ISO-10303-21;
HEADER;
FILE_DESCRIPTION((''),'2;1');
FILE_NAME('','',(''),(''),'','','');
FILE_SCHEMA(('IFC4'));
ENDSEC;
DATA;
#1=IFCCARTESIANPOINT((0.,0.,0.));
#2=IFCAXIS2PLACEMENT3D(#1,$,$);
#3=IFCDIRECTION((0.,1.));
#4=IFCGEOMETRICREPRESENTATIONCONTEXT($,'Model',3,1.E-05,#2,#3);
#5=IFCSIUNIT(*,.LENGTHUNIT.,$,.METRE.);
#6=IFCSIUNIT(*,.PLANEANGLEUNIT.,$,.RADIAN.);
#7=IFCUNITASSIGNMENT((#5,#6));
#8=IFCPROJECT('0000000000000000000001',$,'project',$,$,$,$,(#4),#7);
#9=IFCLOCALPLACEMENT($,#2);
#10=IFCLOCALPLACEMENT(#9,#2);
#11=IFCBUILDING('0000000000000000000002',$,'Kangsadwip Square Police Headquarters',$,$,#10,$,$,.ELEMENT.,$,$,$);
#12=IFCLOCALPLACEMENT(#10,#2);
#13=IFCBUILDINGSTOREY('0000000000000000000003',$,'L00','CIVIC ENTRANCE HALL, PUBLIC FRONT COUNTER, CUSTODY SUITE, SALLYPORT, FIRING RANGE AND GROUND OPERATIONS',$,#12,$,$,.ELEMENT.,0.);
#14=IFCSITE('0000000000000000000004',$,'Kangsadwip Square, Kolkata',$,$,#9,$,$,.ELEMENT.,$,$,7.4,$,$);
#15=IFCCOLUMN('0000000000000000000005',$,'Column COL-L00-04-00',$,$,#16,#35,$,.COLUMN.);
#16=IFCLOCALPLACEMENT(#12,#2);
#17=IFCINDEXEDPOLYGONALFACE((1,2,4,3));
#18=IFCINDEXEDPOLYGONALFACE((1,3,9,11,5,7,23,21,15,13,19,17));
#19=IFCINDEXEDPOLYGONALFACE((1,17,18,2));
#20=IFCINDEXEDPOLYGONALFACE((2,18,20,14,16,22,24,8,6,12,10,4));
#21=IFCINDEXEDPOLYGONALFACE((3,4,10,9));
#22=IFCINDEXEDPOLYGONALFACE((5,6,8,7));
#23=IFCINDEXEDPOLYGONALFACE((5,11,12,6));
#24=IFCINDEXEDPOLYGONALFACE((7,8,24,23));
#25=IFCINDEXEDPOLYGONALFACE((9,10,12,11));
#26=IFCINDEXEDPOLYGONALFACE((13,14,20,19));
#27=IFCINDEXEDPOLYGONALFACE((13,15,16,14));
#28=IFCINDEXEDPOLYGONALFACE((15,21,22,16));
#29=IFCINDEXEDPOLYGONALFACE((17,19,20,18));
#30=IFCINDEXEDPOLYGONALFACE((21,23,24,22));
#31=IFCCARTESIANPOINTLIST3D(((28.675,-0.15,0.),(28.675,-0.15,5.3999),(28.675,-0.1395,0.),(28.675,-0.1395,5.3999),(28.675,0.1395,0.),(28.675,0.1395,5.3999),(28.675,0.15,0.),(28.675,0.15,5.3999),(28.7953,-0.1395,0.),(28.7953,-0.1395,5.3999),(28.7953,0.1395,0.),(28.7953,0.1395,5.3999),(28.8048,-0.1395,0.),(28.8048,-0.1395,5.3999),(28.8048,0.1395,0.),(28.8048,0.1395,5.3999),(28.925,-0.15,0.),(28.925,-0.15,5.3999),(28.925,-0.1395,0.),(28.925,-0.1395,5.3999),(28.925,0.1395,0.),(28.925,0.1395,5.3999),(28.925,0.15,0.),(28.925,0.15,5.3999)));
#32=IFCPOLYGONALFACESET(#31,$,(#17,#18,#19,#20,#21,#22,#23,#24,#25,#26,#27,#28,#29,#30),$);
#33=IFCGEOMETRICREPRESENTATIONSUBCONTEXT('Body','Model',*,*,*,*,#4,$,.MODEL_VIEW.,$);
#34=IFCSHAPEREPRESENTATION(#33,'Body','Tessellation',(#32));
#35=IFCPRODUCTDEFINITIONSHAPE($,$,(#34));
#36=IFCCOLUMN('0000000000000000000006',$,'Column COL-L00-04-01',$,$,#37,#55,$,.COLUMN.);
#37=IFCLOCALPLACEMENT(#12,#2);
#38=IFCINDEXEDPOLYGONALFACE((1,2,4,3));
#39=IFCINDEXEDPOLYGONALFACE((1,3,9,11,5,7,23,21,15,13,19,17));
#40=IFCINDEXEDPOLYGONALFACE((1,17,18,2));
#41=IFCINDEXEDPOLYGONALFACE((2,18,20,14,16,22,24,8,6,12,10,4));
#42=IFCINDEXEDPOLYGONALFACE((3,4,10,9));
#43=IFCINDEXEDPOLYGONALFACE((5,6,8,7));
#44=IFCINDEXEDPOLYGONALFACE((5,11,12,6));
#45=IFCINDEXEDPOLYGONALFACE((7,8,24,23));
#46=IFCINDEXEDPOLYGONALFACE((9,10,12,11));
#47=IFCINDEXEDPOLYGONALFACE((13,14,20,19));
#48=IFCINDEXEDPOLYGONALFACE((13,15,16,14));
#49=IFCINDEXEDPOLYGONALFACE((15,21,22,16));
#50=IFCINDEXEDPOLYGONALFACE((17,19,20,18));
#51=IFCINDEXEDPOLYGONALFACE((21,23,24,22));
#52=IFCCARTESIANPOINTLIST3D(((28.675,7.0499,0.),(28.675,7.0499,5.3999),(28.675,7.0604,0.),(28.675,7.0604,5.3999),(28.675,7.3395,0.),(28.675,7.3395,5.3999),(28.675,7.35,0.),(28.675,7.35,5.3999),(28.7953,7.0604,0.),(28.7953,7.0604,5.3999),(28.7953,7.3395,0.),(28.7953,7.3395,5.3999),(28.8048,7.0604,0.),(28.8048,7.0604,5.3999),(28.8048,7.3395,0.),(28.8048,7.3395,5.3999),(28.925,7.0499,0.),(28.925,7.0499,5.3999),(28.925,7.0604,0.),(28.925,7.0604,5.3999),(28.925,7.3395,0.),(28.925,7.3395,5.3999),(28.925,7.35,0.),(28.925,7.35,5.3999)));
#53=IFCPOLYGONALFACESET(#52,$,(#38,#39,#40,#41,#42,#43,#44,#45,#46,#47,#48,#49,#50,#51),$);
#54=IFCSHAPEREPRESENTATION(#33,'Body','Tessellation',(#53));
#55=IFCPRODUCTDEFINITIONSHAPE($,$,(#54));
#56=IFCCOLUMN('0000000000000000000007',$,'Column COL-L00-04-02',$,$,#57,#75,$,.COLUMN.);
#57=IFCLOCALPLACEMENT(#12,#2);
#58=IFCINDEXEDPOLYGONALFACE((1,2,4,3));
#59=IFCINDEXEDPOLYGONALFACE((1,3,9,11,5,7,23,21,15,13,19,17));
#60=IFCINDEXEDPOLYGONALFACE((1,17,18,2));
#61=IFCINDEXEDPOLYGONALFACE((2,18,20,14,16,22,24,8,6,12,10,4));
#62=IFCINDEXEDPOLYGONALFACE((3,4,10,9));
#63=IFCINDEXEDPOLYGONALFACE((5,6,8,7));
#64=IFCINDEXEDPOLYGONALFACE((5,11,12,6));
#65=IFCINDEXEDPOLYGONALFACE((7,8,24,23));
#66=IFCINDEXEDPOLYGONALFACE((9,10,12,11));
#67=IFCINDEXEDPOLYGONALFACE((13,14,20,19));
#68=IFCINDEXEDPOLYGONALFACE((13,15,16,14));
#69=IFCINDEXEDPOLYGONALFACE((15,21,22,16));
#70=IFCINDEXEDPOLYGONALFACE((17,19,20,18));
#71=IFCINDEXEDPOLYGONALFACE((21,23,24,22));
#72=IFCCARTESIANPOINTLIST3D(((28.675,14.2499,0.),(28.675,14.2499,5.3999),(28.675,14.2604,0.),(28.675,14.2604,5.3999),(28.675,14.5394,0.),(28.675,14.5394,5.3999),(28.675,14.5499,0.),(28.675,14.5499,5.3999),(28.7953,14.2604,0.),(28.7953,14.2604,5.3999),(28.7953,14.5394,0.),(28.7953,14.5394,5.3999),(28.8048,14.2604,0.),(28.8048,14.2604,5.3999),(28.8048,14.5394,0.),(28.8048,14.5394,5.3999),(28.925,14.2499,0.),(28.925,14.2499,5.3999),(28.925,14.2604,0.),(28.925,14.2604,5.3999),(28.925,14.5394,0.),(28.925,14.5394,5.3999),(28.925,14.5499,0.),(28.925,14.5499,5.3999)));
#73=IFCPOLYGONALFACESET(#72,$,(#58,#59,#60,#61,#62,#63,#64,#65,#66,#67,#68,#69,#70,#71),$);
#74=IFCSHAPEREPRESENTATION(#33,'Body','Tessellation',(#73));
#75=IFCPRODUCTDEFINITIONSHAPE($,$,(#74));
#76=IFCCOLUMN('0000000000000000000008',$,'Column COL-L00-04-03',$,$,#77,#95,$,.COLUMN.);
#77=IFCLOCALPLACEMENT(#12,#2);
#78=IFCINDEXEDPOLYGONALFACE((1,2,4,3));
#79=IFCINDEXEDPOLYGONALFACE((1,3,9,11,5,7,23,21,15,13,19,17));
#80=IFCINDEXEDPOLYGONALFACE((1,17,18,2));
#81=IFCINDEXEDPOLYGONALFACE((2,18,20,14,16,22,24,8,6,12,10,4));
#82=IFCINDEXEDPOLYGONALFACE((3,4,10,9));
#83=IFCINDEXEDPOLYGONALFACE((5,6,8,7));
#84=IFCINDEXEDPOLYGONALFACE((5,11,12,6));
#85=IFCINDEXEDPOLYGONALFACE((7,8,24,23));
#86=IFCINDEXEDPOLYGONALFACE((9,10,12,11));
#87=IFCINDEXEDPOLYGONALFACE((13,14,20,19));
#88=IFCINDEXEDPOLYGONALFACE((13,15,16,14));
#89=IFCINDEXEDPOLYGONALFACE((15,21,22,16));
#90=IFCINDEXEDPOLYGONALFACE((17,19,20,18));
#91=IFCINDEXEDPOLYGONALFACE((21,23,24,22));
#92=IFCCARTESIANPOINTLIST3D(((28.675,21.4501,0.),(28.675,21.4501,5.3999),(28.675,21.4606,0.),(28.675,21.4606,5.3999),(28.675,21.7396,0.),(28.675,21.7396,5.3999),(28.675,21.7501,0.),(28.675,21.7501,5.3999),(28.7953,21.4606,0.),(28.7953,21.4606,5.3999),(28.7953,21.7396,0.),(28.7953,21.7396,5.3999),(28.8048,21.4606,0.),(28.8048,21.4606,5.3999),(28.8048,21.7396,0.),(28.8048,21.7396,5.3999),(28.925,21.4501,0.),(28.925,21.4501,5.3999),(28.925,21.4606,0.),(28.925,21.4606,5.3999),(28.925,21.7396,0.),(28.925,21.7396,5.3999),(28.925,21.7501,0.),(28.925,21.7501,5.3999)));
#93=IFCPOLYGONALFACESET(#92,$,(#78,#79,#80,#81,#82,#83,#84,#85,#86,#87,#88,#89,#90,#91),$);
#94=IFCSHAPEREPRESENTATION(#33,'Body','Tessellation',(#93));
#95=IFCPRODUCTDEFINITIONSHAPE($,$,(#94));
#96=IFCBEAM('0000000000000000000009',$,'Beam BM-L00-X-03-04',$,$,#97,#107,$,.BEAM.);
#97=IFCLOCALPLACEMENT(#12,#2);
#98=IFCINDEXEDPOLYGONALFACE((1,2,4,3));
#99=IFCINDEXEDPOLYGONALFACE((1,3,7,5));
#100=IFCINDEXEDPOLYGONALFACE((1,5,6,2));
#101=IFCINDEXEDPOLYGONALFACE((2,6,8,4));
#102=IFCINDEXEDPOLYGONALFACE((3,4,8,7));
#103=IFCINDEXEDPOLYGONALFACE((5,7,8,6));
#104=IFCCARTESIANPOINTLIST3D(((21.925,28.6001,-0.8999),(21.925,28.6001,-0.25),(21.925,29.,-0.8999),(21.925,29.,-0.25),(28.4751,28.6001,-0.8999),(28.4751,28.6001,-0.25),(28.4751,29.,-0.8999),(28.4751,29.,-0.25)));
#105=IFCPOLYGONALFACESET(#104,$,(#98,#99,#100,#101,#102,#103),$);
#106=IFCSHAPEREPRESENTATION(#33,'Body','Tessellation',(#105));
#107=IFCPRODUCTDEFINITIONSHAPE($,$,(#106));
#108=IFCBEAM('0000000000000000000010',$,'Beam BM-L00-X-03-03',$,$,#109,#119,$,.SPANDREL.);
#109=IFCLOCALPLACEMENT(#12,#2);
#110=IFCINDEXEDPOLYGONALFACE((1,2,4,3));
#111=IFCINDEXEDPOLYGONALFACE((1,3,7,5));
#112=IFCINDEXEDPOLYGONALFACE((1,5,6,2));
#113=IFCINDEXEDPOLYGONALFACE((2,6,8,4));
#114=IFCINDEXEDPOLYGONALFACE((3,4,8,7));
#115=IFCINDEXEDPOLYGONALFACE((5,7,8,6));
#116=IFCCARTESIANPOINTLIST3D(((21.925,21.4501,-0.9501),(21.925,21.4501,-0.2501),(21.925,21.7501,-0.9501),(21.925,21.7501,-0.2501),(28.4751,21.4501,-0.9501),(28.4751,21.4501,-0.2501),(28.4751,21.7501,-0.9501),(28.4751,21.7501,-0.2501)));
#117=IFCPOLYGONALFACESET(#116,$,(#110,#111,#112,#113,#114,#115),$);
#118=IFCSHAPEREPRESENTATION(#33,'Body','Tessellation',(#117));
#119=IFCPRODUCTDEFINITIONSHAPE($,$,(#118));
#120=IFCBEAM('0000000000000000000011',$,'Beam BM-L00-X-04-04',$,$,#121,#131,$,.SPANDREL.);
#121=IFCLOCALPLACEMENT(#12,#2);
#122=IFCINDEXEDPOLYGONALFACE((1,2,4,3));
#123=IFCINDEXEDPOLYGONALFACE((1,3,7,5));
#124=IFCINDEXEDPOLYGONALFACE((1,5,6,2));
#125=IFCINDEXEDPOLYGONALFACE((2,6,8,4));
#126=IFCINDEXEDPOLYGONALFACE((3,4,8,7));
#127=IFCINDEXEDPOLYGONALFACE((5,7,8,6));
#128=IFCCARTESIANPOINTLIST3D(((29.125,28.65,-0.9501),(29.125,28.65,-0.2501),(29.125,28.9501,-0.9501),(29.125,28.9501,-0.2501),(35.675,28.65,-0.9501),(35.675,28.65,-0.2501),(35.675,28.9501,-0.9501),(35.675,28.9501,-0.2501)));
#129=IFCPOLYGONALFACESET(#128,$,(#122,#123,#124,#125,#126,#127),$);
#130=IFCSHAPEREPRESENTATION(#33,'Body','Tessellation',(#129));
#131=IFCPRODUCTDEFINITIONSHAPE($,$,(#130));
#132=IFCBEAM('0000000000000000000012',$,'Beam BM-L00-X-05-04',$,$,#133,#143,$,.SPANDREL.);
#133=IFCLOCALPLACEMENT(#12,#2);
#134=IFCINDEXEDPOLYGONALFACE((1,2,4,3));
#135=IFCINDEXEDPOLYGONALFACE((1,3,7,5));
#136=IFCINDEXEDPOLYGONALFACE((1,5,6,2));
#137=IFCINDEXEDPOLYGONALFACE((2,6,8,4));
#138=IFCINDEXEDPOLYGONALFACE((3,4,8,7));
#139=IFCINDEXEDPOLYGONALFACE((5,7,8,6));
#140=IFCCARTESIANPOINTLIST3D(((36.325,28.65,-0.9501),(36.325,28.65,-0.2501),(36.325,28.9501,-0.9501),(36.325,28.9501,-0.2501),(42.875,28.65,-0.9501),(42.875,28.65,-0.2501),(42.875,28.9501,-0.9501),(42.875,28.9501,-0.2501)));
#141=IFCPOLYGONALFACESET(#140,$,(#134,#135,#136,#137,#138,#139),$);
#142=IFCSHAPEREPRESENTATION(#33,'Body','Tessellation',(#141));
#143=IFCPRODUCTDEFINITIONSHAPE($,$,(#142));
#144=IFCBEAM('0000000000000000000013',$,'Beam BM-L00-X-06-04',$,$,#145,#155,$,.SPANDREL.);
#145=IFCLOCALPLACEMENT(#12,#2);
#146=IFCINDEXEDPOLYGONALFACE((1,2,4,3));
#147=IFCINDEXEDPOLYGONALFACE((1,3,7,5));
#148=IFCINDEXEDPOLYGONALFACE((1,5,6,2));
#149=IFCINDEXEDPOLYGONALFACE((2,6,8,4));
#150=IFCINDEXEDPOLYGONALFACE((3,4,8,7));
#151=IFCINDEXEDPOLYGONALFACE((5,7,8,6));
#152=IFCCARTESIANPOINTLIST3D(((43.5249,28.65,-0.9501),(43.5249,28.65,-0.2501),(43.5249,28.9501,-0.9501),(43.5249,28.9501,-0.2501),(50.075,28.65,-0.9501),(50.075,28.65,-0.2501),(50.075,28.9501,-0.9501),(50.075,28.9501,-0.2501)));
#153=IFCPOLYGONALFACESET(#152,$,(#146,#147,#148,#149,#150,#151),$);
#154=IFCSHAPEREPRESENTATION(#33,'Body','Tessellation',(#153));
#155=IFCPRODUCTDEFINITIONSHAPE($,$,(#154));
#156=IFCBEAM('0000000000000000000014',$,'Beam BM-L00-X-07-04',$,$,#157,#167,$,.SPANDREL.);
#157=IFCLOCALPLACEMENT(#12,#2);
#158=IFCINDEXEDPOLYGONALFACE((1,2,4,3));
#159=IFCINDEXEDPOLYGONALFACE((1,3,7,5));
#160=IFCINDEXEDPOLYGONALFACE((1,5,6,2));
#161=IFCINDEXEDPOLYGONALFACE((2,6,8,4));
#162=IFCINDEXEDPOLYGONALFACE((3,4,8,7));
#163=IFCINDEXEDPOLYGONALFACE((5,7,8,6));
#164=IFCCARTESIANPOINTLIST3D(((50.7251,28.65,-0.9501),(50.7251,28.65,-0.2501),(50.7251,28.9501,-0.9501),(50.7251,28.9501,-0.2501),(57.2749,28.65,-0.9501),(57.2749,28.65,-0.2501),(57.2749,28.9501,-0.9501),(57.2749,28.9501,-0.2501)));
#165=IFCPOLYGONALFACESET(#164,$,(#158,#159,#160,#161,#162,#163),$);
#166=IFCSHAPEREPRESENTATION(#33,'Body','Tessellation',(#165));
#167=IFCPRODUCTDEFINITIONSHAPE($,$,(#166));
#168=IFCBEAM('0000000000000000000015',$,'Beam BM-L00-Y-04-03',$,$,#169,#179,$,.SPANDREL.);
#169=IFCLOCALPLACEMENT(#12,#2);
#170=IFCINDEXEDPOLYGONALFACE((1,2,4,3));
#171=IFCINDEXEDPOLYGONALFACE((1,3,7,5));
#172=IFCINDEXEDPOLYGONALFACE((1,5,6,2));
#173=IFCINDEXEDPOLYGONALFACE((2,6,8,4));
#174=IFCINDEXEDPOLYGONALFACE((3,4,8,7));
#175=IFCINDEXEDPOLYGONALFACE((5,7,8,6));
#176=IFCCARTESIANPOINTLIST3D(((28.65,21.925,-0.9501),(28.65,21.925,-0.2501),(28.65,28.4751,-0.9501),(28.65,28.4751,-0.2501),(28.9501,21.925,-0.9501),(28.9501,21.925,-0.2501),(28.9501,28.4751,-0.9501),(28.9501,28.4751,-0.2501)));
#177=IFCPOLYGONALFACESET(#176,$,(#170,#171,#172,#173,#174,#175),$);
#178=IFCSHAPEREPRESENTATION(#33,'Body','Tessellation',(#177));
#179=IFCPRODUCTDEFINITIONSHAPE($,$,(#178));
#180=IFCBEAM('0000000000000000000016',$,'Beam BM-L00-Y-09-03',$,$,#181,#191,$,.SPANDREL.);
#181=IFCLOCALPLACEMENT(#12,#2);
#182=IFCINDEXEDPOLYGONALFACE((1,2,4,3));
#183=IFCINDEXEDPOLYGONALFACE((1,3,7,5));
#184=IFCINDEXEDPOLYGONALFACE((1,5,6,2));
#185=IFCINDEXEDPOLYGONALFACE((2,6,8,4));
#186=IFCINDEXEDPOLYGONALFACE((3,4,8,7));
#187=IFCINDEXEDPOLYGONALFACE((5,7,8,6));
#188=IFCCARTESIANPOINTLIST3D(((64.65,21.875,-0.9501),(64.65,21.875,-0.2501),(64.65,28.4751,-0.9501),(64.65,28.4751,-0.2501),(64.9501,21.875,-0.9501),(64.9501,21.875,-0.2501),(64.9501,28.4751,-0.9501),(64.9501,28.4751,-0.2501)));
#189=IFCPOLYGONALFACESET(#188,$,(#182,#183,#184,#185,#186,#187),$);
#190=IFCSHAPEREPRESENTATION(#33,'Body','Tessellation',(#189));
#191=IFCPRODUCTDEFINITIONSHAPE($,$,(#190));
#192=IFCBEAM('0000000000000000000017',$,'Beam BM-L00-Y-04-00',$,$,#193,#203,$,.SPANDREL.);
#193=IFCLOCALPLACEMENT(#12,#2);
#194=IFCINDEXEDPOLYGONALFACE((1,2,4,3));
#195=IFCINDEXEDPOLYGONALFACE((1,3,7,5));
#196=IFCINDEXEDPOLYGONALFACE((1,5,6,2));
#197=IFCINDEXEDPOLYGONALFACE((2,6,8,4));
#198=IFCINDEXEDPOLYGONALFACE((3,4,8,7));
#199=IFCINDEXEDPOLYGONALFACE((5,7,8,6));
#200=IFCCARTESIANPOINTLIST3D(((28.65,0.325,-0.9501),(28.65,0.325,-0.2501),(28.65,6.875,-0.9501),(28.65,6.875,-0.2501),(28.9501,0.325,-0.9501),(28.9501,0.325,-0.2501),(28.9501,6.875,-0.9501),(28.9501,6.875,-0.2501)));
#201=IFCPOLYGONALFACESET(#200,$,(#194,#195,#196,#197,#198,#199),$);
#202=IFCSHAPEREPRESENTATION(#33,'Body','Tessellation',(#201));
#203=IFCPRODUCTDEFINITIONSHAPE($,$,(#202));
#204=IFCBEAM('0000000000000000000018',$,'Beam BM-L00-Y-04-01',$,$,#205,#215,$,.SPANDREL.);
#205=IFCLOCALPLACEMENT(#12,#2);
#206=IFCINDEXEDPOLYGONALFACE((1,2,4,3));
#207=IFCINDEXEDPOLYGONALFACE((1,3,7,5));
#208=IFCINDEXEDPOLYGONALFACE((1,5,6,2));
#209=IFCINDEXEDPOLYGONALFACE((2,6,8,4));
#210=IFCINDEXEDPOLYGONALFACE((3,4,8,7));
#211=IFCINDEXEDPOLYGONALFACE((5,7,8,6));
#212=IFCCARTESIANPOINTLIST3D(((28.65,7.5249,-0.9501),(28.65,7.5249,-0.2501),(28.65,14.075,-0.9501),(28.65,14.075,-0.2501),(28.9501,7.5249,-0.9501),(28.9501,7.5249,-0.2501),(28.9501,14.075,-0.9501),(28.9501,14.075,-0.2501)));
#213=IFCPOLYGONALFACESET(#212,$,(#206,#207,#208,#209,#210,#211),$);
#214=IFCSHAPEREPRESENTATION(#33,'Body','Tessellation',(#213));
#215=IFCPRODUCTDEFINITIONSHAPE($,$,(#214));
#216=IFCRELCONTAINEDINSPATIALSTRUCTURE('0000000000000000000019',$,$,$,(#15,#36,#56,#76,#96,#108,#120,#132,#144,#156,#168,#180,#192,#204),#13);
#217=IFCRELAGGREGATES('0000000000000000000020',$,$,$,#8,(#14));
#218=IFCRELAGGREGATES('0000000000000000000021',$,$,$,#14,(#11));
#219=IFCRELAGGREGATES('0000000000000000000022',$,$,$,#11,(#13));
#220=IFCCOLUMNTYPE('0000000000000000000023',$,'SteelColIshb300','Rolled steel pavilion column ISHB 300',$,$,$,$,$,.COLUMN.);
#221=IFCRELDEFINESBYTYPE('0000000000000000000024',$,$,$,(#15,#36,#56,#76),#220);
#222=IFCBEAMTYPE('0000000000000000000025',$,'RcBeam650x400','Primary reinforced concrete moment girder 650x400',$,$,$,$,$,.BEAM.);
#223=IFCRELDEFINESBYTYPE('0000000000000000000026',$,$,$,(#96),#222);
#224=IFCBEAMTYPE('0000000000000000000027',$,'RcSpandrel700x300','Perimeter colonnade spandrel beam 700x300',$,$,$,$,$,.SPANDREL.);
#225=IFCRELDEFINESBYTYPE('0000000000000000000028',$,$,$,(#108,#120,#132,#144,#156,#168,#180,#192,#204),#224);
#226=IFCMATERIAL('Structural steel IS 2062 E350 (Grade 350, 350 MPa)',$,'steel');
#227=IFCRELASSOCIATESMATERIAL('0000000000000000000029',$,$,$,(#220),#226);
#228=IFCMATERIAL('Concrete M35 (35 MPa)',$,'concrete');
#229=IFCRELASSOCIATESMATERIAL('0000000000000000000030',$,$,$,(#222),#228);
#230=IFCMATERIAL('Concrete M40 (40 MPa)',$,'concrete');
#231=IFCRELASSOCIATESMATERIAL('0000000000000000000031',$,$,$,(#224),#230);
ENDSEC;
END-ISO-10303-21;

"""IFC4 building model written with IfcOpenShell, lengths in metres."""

from ifc_helpers import new_model, si_unit, direction, frame, origin, origin_2d, place, context, subcontext, project, spatial, rectangle, i_section, extrude, material, material_profile, profile_set, type_object, element, save


model = new_model("IFC4")

# Units and contexts
model_context = context("Model", 3, precision=1e-05, world=origin(), true_north=direction((0.0, 1.0)))
body_context = subcontext(model_context, "Body", "Model", "MODEL_VIEW")
ifc_project = project(units=[si_unit("LENGTHUNIT", "METRE"), si_unit("PLANEANGLEUNIT", "RADIAN")], contexts=[model_context])

# Site, building, storey
site_placement = place(None, origin())
site = spatial("IfcSite", under=ifc_project, at=site_placement, Name="Kangsadwip Square, Kolkata", CompositionType="ELEMENT", RefElevation=7.4)
building_placement = place(site_placement, origin())
building = spatial("IfcBuilding", under=site, at=building_placement, Name="Kangsadwip Square Police Headquarters", CompositionType="ELEMENT")
storey_placement = place(building_placement, origin())
storey = spatial("IfcBuildingStorey", under=building, at=storey_placement, Name="L00", Description="CIVIC ENTRANCE HALL, PUBLIC FRONT COUNTER, CUSTODY SUITE, SALLYPORT, FIRING RANGE AND GROUND OPERATIONS", CompositionType="ELEMENT", Elevation=0.0)

# Columns
ifc_material_1 = material(Name="Structural steel IS 2062 E350 (Grade 350, 350 MPa)", Category="steel")
ifc_material_profile_1 = material_profile(ifc_material_1, i_section(OverallWidth=0.25, OverallDepth=0.3, WebThickness=0.0095, FlangeThickness=0.0105, at=origin_2d()), Name="ISHB 300")
ifc_profile_set_1 = profile_set([ifc_material_profile_1], Name="Structural steel IS 2062 E350 (Grade 350, 350 MPa)")
column_type = type_object("IfcColumnType", Name="SteelColIshb300", Description="Rolled steel pavilion column ISHB 300", PredefinedType="COLUMN", material=ifc_profile_set_1)
for number, where, z_axis, x_axis, name in (
    (1, (28.8, 0.0, 0.0), (0.0, 0.0, 1.0), (1.0, 0.0, 0.0), "Column COL-L00-04-00"),
    (2, (28.8, 7.2, 0.0), (0.0, 0.0, 1.0), (1.0, 0.0, 0.0), "Column COL-L00-04-01"),
    (3, (28.8, 14.3999, 0.0), (0.0, 0.0, 1.0), (1.0, 0.0, 0.0), "Column COL-L00-04-02"),
    (4, (28.8, 21.6001, 0.0), (0.0, 0.0, 1.0), (1.0, 0.0, 0.0), "Column COL-L00-04-03"),
):
    element("IfcColumn", number, at=place(storey_placement, frame(where, z_axis=z_axis, x_axis=x_axis)), inside=storey, type_object=column_type, Name=name, PredefinedType="COLUMN", context=body_context, shape_type="SweptSolid", body=[
        extrude(i_section(OverallWidth=0.25, OverallDepth=0.3, WebThickness=0.0095, FlangeThickness=0.0105, at=origin_2d()), origin(), (0.0, 0.0, 1.0), 5.3999),
    ])

# Beams
ifc_material_2 = material(Name="Concrete M35 (35 MPa)", Category="concrete")
ifc_material_profile_2 = material_profile(ifc_material_2, rectangle(XDim=0.3999, YDim=0.6499, at=origin_2d()), Name="RC BM 650X400")
ifc_profile_set_2 = profile_set([ifc_material_profile_2], Name="Concrete M35 (35 MPa)")
beam_type_1 = type_object("IfcBeamType", Name="RcBeam650x400", Description="Primary reinforced concrete moment girder 650x400", PredefinedType="BEAM", material=ifc_profile_set_2)
beam_1_placement = place(storey_placement, frame((21.925, 28.8, -0.575), z_axis=(1.0, 0.0, 0.0), x_axis=(0.0, 1.0, 0.0)))
element("IfcBeam", 5, at=beam_1_placement, inside=storey, type_object=beam_type_1, Name="Beam BM-L00-X-03-04", PredefinedType="BEAM", context=body_context, shape_type="SweptSolid", body=[
    extrude(rectangle(XDim=0.3999, YDim=0.6499, at=origin_2d()), origin(), (0.0, 0.0, 1.0), 6.55),
])
ifc_material_3 = material(Name="Concrete M40 (40 MPa)", Category="concrete")
ifc_material_profile_3 = material_profile(ifc_material_3, rectangle(XDim=0.3, YDim=0.7, at=origin_2d()), Name="RC SPN 700X300")
ifc_profile_set_3 = profile_set([ifc_material_profile_3], Name="Concrete M40 (40 MPa)")
beam_type_2 = type_object("IfcBeamType", Name="RcSpandrel700x300", Description="Perimeter colonnade spandrel beam 700x300", PredefinedType="SPANDREL", material=ifc_profile_set_3)
for number, where, z_axis, x_axis, name in (
    (6, (21.925, 21.6001, -0.6001), (1.0, 0.0, 0.0), (0.0, 1.0, 0.0), "Beam BM-L00-X-03-03"),
    (7, (29.125, 28.8, -0.6001), (1.0, 0.0, 0.0), (0.0, 1.0, 0.0), "Beam BM-L00-X-04-04"),
    (8, (36.325, 28.8, -0.6001), (1.0, 0.0, 0.0), (0.0, 1.0, 0.0), "Beam BM-L00-X-05-04"),
    (9, (43.5249, 28.8, -0.6001), (1.0, 0.0, 0.0), (0.0, 1.0, 0.0), "Beam BM-L00-X-06-04"),
):
    element("IfcBeam", number, at=place(storey_placement, frame(where, z_axis=z_axis, x_axis=x_axis)), inside=storey, type_object=beam_type_2, Name=name, PredefinedType="SPANDREL", context=body_context, shape_type="SweptSolid", body=[
        extrude(rectangle(XDim=0.3, YDim=0.7, at=origin_2d()), origin(), (0.0, 0.0, 1.0), 6.55),
    ])
beam_2_placement = place(storey_placement, frame((50.7251, 28.8, -0.6001), z_axis=(1.0, 0.0, 0.0), x_axis=(0.0, 1.0, 0.0)))
element("IfcBeam", 10, at=beam_2_placement, inside=storey, type_object=beam_type_2, Name="Beam BM-L00-X-07-04", PredefinedType="SPANDREL", context=body_context, shape_type="SweptSolid", body=[
    extrude(rectangle(XDim=0.3, YDim=0.7, at=origin_2d()), origin(), (0.0, 0.0, 1.0), 6.5498),
])
beam_3_placement = place(storey_placement, frame((28.8, 21.925, -0.6001), z_axis=(0.0, 1.0, 0.0), x_axis=(-1.0, 0.0, 0.0)))
element("IfcBeam", 11, at=beam_3_placement, inside=storey, type_object=beam_type_2, Name="Beam BM-L00-Y-04-03", PredefinedType="SPANDREL", context=body_context, shape_type="SweptSolid", body=[
    extrude(rectangle(XDim=0.3, YDim=0.7, at=origin_2d()), origin(), (0.0, 0.0, 1.0), 6.55),
])
beam_4_placement = place(storey_placement, frame((64.8, 21.875, -0.6001), z_axis=(0.0, 1.0, 0.0), x_axis=(-1.0, 0.0, 0.0)))
element("IfcBeam", 12, at=beam_4_placement, inside=storey, type_object=beam_type_2, Name="Beam BM-L00-Y-09-03", PredefinedType="SPANDREL", context=body_context, shape_type="SweptSolid", body=[
    extrude(rectangle(XDim=0.3, YDim=0.7, at=origin_2d()), origin(), (0.0, 0.0, 1.0), 6.6001),
])
for number, where, z_axis, x_axis, name in (
    (13, (28.8, 0.325, -0.6001), (0.0, 1.0, 0.0), (-1.0, 0.0, 0.0), "Beam BM-L00-Y-04-00"),
    (14, (28.8, 7.5249, -0.6001), (0.0, 1.0, 0.0), (-1.0, 0.0, 0.0), "Beam BM-L00-Y-04-01"),
):
    element("IfcBeam", number, at=place(storey_placement, frame(where, z_axis=z_axis, x_axis=x_axis)), inside=storey, type_object=beam_type_2, Name=name, PredefinedType="SPANDREL", context=body_context, shape_type="SweptSolid", body=[
        extrude(rectangle(XDim=0.3, YDim=0.7, at=origin_2d()), origin(), (0.0, 0.0, 1.0), 6.55),
    ])

save(model, "model.ifc")
